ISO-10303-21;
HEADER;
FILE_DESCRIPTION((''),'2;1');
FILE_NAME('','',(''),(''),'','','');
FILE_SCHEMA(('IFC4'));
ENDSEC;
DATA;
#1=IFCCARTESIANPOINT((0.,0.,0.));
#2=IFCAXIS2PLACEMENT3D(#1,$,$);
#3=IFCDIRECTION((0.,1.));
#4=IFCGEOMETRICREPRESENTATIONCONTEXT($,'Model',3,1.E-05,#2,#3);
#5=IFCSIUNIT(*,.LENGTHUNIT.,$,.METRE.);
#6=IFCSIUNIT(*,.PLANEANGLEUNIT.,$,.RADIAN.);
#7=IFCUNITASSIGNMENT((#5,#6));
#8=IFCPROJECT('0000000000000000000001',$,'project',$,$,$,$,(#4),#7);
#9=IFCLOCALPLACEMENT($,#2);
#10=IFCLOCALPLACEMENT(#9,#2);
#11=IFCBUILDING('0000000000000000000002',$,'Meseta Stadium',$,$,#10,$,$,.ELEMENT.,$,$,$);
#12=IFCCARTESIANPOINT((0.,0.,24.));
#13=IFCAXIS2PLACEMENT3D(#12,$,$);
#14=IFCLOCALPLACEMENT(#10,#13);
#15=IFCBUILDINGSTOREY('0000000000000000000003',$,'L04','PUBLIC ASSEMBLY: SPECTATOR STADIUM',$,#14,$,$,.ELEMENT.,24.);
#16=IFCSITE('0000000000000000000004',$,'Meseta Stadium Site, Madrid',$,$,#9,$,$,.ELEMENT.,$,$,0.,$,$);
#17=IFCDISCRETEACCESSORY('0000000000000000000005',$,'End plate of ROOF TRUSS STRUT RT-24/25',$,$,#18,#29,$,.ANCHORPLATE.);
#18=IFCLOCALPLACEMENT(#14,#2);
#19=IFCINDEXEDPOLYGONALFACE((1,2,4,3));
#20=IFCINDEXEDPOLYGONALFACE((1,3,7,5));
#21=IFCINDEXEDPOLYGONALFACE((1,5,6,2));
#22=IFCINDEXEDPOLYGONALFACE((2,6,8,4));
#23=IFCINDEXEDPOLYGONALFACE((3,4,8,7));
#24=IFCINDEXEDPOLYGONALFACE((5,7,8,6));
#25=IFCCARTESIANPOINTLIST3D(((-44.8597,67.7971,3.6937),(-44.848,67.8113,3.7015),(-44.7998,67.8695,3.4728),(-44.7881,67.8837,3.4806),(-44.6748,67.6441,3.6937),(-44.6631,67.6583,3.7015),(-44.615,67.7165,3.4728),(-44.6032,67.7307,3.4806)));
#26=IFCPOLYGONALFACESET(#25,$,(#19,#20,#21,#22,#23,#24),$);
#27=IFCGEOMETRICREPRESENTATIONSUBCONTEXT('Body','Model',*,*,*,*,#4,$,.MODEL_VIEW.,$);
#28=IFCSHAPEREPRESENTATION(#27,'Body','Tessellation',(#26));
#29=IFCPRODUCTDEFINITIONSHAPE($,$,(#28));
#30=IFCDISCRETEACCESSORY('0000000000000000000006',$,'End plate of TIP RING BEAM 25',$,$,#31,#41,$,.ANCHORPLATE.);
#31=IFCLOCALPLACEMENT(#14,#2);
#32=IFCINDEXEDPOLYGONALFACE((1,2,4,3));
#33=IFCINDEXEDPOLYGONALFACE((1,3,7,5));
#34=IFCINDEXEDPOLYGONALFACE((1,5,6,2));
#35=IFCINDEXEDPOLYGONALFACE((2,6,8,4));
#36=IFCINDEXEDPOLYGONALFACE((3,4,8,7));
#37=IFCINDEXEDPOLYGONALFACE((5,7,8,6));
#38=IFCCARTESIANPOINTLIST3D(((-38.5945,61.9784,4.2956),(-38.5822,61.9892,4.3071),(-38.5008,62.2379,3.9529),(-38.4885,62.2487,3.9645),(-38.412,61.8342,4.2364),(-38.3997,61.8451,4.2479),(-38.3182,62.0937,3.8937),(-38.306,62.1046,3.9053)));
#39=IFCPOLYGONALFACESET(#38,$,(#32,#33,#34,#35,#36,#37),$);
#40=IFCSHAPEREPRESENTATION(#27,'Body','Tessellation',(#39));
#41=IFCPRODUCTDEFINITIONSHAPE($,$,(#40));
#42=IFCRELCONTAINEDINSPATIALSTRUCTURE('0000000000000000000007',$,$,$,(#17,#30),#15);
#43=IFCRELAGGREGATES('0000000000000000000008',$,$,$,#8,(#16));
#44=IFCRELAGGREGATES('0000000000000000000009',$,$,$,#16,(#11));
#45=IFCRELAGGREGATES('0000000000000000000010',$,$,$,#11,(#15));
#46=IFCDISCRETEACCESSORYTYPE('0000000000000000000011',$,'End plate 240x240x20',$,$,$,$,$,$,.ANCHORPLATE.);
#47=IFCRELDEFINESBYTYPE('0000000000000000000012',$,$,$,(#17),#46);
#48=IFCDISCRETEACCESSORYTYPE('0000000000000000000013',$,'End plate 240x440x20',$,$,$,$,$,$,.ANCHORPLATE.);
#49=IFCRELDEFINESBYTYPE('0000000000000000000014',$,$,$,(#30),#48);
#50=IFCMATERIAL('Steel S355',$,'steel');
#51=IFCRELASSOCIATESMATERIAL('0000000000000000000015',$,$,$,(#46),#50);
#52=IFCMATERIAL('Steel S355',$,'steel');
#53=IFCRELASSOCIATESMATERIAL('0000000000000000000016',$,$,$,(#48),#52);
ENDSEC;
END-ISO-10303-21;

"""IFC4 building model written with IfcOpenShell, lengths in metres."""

from ifc_helpers import new_model, si_unit, direction, frame, origin, origin_2d, place, context, subcontext, project, spatial, rectangle, extrude, material, material_profile, profile_set, type_object, element, save


model = new_model("IFC4")

# Units and contexts
model_context = context("Model", 3, precision=1e-05, world=origin(), true_north=direction((0.0, 1.0)))
body_context = subcontext(model_context, "Body", "Model", "MODEL_VIEW")
ifc_project = project(units=[si_unit("LENGTHUNIT", "METRE"), si_unit("PLANEANGLEUNIT", "RADIAN")], contexts=[model_context])

# Site, building, storey
site_placement = place(None, origin())
site = spatial("IfcSite", under=ifc_project, at=site_placement, Name="Meseta Stadium Site, Madrid", CompositionType="ELEMENT", RefElevation=0.0)
building_placement = place(site_placement, origin())
building = spatial("IfcBuilding", under=site, at=building_placement, Name="Meseta Stadium", CompositionType="ELEMENT")
storey_placement = place(building_placement, frame((0.0, 0.0, 24.0)))
storey = spatial("IfcBuildingStorey", under=building, at=storey_placement, Name="L04", Description="PUBLIC ASSEMBLY: SPECTATOR STADIUM", CompositionType="ELEMENT", Elevation=24.0)

# Discrete accessories
ifc_material_1 = material(Name="Steel S355", Category="steel")
ifc_material_profile_1 = material_profile(ifc_material_1, rectangle(XDim=0.24, YDim=0.24, at=origin_2d()), Name="PL 240x240")
ifc_profile_set_1 = profile_set([ifc_material_profile_1], Name="Steel S355")
discrete_accessory_type_1 = type_object("IfcDiscreteAccessoryType", Name="End plate 240x240x20", PredefinedType="ANCHORPLATE", material=ifc_profile_set_1)
for number, where, z_axis, x_axis, name in (
    (1, (-44.7256, 67.771, 3.5911), (-0.586764, -0.709006, -0.391176), (0.770394, -0.637568, 0.0), "End plate of ROOF TRUSS STRUT RT-24/25"),
):
    element("IfcDiscreteAccessory", number, at=place(storey_placement, frame(where, z_axis=z_axis, x_axis=x_axis)), inside=storey, type_object=discrete_accessory_type_1, Name=name, PredefinedType="ANCHORPLATE", context=body_context, shape_type="SweptSolid", body=[
        extrude(rectangle(XDim=0.24, YDim=0.24, at=origin_2d()), origin(), (0.0, 0.0, 1.0), 0.02),
    ])
ifc_material_2 = material(Name="Steel S355", Category="steel")
ifc_material_profile_2 = material_profile(ifc_material_2, rectangle(XDim=0.24, YDim=0.4399, at=origin_2d()), Name="PL 240x440")
ifc_profile_set_2 = profile_set([ifc_material_profile_2], Name="Steel S355")
discrete_accessory_type_2 = type_object("IfcDiscreteAccessoryType", Name="End plate 240x440x20", PredefinedType="ANCHORPLATE", material=ifc_profile_set_2)
discrete_accessory_placement = place(storey_placement, frame((-38.4441, 62.0469, 4.1062), z_axis=(-0.61337, -0.539766, -0.576568), x_axis=(0.760508, -0.600605, -0.246782)))
element("IfcDiscreteAccessory", 2, at=discrete_accessory_placement, inside=storey, type_object=discrete_accessory_type_2, Name="End plate of TIP RING BEAM 25", PredefinedType="ANCHORPLATE", context=body_context, shape_type="SweptSolid", body=[
    extrude(rectangle(XDim=0.24, YDim=0.4399, at=origin_2d()), origin(), (0.0, 0.0, 1.0), 0.02),
])

save(model, "model.ifc")
